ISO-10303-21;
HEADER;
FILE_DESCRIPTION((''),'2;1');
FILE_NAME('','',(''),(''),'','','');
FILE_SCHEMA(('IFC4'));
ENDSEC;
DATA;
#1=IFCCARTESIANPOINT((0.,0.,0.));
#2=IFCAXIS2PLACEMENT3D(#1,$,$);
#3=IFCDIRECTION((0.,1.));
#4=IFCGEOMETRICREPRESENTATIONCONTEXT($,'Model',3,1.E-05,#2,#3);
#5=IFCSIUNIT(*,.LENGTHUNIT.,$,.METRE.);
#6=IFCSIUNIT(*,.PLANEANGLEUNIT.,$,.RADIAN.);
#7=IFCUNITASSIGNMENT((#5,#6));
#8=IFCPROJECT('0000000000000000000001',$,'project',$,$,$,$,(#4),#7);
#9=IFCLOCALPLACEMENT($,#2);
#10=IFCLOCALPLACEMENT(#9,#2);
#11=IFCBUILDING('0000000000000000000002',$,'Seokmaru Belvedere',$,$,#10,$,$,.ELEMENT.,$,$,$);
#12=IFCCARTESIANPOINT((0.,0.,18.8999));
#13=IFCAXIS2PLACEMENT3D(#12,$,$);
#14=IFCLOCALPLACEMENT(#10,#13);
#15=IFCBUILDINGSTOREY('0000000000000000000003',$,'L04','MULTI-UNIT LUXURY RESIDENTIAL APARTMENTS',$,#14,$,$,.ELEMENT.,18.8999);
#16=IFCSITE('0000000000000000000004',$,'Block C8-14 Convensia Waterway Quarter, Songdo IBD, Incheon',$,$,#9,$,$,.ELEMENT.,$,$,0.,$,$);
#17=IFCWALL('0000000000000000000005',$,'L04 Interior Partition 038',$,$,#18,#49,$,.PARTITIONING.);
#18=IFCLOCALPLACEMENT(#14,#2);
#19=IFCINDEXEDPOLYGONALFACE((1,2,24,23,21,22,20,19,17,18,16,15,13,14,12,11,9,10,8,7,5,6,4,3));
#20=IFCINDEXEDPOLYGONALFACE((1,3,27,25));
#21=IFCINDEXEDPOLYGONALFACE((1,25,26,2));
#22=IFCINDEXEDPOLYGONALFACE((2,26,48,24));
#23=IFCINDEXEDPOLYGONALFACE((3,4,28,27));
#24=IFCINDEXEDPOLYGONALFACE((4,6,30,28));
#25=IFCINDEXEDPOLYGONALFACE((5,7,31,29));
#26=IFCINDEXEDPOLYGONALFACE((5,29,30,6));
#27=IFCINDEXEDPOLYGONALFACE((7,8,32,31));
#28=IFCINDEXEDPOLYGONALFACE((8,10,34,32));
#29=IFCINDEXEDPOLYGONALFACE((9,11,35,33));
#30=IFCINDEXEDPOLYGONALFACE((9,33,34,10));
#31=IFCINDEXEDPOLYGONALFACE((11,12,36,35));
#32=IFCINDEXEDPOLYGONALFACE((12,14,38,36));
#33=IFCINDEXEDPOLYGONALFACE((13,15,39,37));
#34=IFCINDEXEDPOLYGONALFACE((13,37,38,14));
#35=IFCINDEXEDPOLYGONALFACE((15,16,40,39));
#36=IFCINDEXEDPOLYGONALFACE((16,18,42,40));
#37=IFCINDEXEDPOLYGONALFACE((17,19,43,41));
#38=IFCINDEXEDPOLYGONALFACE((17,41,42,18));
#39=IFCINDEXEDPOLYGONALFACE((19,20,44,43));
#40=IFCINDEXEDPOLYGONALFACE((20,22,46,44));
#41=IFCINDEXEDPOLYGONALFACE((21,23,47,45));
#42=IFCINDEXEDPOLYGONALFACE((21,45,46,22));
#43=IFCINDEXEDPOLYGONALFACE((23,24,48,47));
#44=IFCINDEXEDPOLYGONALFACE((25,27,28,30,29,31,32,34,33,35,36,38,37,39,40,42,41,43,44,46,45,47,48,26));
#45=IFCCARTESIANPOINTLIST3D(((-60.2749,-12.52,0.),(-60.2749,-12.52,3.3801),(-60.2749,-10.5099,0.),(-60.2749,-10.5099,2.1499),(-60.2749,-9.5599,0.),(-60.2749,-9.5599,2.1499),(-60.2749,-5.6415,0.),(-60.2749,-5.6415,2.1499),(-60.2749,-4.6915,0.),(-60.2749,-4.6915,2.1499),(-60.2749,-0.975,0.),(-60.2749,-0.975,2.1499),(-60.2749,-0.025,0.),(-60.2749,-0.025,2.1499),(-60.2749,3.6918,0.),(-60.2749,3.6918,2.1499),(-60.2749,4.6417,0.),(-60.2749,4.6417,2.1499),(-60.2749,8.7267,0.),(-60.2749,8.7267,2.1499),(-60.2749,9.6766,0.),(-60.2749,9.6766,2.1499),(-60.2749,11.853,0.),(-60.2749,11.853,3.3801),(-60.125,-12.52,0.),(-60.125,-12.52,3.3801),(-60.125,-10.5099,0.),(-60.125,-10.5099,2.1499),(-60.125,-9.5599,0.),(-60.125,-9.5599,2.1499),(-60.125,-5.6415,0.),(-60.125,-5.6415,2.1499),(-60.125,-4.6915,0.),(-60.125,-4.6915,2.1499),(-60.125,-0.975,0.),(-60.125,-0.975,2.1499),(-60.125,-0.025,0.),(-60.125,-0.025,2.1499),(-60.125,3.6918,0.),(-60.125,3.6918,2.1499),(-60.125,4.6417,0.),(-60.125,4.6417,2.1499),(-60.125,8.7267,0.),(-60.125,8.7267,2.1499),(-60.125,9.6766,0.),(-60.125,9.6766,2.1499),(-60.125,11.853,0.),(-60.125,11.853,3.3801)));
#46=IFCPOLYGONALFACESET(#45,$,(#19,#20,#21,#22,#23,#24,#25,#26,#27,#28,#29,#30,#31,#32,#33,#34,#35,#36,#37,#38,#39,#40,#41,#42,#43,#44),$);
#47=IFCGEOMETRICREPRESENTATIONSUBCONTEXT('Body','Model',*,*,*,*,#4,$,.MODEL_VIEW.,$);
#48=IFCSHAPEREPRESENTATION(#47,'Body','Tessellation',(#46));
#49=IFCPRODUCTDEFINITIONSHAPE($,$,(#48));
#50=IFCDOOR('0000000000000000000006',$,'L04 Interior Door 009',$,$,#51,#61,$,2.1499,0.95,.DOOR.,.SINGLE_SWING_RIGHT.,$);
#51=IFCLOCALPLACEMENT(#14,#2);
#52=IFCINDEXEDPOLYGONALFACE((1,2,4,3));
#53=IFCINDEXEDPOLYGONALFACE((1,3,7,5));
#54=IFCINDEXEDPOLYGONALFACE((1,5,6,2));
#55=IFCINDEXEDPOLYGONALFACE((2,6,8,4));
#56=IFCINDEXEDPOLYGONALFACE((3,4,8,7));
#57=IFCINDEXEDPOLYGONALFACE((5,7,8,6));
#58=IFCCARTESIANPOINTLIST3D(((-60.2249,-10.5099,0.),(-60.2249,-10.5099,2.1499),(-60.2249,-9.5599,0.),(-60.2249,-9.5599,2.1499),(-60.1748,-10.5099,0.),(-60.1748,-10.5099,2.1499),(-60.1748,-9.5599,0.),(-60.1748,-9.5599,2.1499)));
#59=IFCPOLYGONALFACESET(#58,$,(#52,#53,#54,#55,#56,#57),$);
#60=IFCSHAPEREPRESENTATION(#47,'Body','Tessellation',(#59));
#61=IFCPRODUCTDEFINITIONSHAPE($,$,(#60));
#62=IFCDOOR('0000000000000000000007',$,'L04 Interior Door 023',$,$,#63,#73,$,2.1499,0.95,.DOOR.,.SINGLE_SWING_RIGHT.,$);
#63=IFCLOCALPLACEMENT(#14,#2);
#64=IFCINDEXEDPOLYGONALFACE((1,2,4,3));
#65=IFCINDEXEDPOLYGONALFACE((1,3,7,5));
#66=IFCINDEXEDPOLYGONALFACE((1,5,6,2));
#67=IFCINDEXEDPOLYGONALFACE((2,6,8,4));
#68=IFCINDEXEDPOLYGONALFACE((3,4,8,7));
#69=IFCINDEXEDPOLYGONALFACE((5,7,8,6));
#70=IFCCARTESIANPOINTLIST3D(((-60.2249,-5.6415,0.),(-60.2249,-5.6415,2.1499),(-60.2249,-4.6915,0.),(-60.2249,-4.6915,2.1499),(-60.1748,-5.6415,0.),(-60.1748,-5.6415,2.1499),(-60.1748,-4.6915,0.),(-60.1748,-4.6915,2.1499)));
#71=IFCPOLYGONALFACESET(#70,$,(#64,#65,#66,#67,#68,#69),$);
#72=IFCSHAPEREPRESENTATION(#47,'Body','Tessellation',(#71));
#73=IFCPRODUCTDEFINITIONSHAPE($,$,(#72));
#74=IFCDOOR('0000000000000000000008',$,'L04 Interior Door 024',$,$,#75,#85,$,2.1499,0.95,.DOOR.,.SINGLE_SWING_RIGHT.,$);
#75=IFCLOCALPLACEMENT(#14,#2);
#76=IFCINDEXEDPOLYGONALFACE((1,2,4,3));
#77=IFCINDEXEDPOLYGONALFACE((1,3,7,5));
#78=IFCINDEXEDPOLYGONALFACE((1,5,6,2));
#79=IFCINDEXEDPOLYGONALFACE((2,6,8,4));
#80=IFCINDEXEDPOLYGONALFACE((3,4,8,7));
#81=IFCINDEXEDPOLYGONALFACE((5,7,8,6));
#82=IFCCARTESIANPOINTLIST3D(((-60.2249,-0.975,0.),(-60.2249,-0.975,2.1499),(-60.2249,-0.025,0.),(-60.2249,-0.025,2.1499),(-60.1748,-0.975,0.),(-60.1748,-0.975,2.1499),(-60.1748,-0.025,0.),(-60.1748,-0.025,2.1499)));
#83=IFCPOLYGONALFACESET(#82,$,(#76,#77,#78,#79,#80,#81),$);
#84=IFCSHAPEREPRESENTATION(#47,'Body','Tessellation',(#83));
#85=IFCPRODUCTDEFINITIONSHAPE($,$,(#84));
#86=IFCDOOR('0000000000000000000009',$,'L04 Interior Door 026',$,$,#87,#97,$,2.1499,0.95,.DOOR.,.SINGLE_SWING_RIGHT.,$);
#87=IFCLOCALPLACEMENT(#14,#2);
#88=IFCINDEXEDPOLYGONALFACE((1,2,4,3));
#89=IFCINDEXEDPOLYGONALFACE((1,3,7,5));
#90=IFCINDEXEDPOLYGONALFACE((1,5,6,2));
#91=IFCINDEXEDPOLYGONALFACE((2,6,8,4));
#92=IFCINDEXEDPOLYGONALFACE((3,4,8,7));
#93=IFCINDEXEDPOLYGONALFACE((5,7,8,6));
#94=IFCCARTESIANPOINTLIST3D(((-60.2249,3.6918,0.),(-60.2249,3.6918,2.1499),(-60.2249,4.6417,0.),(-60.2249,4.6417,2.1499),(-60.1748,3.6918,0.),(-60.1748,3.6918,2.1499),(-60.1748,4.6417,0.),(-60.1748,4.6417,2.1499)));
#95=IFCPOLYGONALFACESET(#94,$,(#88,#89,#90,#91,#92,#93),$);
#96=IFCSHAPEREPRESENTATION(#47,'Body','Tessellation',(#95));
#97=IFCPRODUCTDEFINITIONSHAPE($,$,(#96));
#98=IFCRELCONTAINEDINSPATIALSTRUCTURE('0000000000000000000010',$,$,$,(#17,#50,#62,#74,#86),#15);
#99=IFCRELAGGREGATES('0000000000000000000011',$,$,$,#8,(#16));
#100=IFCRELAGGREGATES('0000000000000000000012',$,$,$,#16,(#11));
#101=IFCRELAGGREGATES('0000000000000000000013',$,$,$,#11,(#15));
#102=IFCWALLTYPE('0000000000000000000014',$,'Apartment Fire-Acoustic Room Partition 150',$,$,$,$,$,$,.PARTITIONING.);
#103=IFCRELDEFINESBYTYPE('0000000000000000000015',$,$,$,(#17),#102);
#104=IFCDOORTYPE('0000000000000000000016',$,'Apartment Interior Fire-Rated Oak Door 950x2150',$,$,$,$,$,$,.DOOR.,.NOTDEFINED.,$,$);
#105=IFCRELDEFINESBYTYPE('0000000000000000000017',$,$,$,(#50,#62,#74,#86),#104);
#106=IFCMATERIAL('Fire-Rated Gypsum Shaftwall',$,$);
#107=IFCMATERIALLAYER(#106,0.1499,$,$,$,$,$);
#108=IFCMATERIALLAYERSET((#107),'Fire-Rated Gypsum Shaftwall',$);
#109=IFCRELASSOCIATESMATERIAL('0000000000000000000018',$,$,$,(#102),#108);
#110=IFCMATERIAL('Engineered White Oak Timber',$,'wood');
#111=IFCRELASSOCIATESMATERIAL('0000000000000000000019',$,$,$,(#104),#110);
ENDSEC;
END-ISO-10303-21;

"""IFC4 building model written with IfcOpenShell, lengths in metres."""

from ifc_helpers import new_model, si_unit, direction, frame, frame_2d, origin, place, context, subcontext, project, spatial, rectangle, extrude, source, transform, mapped, material, layer, layer_set, type_object, type_shapes, element, fill, save


model = new_model("IFC4")

# Units and contexts
model_context = context("Model", 3, precision=1e-05, world=origin(), true_north=direction((0.0, 1.0)))
body_context = subcontext(model_context, "Body", "Model", "MODEL_VIEW")
ifc_project = project(units=[si_unit("LENGTHUNIT", "METRE"), si_unit("PLANEANGLEUNIT", "RADIAN")], contexts=[model_context])

# Site, building, storey
site_placement = place(None, origin())
site = spatial("IfcSite", under=ifc_project, at=site_placement, Name="Block C8-14 Convensia Waterway Quarter, Songdo IBD, Incheon", CompositionType="ELEMENT", RefElevation=0.0)
building_placement = place(site_placement, origin())
building = spatial("IfcBuilding", under=site, at=building_placement, Name="Seokmaru Belvedere", CompositionType="ELEMENT")
storey_placement = place(building_placement, frame((0.0, 0.0, 18.8999)))
storey = spatial("IfcBuildingStorey", under=building, at=storey_placement, Name="L04", Description="MULTI-UNIT LUXURY RESIDENTIAL APARTMENTS", CompositionType="ELEMENT", Elevation=18.8999)

# Shared definitions
ifc_material_1 = material(Name="Fire-Rated Gypsum Shaftwall")
ifc_layer_1 = layer(ifc_material_1, 0.1499)
ifc_layer_set_1 = layer_set([ifc_layer_1], Name="Fire-Rated Gypsum Shaftwall")
wall_type = type_object("IfcWallType", Name="Apartment Fire-Acoustic Room Partition 150", PredefinedType="PARTITIONING", material=ifc_layer_set_1)
ifc_material_2 = material(Name="Engineered White Oak Timber", Category="wood")
door_type = type_object("IfcDoorType", Name="Apartment Interior Fire-Rated Oak Door 950x2150", OperationType="NOTDEFINED", PredefinedType="DOOR", material=ifc_material_2)
shared_shape_1 = source(origin(), body_context, "Body", "SweptSolid", [
    extrude(rectangle(XDim=0.95, YDim=2.1499, at=frame_2d((0.4751, 1.075))), frame((0.0, 0.0249, 0.0), z_axis=(0.0, -1.0, 0.0), x_axis=(1.0, 0.0, 0.0)), (0.0, 0.0, 1.0), 0.05),
])
type_shapes(door_type, [shared_shape_1])

# Wall, openings, doors
wall_1_placement = place(storey_placement, frame((-60.2, -12.52, 0.0), z_axis=(0.0, 0.0, 1.0), x_axis=(0.0, 1.0, 0.0)))
wall_1 = element("IfcWall", 1, at=wall_1_placement, inside=storey, type_object=wall_type, Name="L04 Interior Partition 038", PredefinedType="PARTITIONING", context=body_context, shape_type="SweptSolid", body=[
    extrude(rectangle(XDim=24.373, YDim=0.1499, at=frame_2d((12.1865, 0.0))), origin(), (0.0, 0.0, 1.0), 3.3801),
])
opening_1_placement = place(wall_1_placement, frame((2.01, 0.0, 0.0)))
opening_1 = element("IfcOpeningElement", 2, at=opening_1_placement, cuts=wall_1, PredefinedType="OPENING", context=body_context, shape_type="SweptSolid", body=[
    extrude(rectangle(XDim=0.95, YDim=2.1499, at=frame_2d((0.4751, 1.075))), frame((0.0, 0.085, 0.0), z_axis=(0.0, -1.0, 0.0), x_axis=(1.0, 0.0, 0.0)), (0.0, 0.0, 1.0), 0.1699),
])
opening_2_placement = place(wall_1_placement, frame((6.8784, 0.0, 0.0)))
opening_2 = element("IfcOpeningElement", 3, at=opening_2_placement, cuts=wall_1, PredefinedType="OPENING", context=body_context, shape_type="SweptSolid", body=[
    extrude(rectangle(XDim=0.95, YDim=2.1499, at=frame_2d((0.4751, 1.075))), frame((0.0, 0.085, 0.0), z_axis=(0.0, -1.0, 0.0), x_axis=(1.0, 0.0, 0.0)), (0.0, 0.0, 1.0), 0.1699),
])
opening_3_placement = place(wall_1_placement, frame((11.5449, 0.0, 0.0)))
opening_3 = element("IfcOpeningElement", 4, at=opening_3_placement, cuts=wall_1, PredefinedType="OPENING", context=body_context, shape_type="SweptSolid", body=[
    extrude(rectangle(XDim=0.95, YDim=2.1499, at=frame_2d((0.4751, 1.075))), frame((0.0, 0.085, 0.0), z_axis=(0.0, -1.0, 0.0), x_axis=(1.0, 0.0, 0.0)), (0.0, 0.0, 1.0), 0.1699),
])
opening_4_placement = place(wall_1_placement, frame((16.2117, 0.0, 0.0)))
opening_4 = element("IfcOpeningElement", 5, at=opening_4_placement, cuts=wall_1, PredefinedType="OPENING", context=body_context, shape_type="SweptSolid", body=[
    extrude(rectangle(XDim=0.95, YDim=2.1499, at=frame_2d((0.4751, 1.075))), frame((0.0, 0.085, 0.0), z_axis=(0.0, -1.0, 0.0), x_axis=(1.0, 0.0, 0.0)), (0.0, 0.0, 1.0), 0.1699),
])
opening_5_placement = place(wall_1_placement, frame((21.2466, 0.0, 0.0)))
element("IfcOpeningElement", 6, at=opening_5_placement, cuts=wall_1, PredefinedType="OPENING", context=body_context, shape_type="SweptSolid", body=[
    extrude(rectangle(XDim=0.95, YDim=2.1499, at=frame_2d((0.4751, 1.075))), frame((0.0, 0.085, 0.0), z_axis=(0.0, -1.0, 0.0), x_axis=(1.0, 0.0, 0.0)), (0.0, 0.0, 1.0), 0.1699),
])
door_1_placement = place(opening_1_placement, origin())
door_1 = element("IfcDoor", 7, at=door_1_placement, inside=storey, type_object=door_type, Name="L04 Interior Door 009", OperationType="SINGLE_SWING_RIGHT", OverallHeight=2.1499, OverallWidth=0.95, PredefinedType="DOOR", context=body_context, shape_type="MappedRepresentation", body=[
    mapped(shared_shape_1, transform((0.0, 0.0, 0.0), scale=1.0)),
])
fill(opening_1, door_1)
door_2_placement = place(opening_2_placement, origin())
door_2 = element("IfcDoor", 8, at=door_2_placement, inside=storey, type_object=door_type, Name="L04 Interior Door 023", OperationType="SINGLE_SWING_RIGHT", OverallHeight=2.1499, OverallWidth=0.95, PredefinedType="DOOR", context=body_context, shape_type="MappedRepresentation", body=[
    mapped(shared_shape_1, transform((0.0, 0.0, 0.0), scale=1.0)),
])
fill(opening_2, door_2)
door_3_placement = place(opening_3_placement, origin())
door_3 = element("IfcDoor", 9, at=door_3_placement, inside=storey, type_object=door_type, Name="L04 Interior Door 024", OperationType="SINGLE_SWING_RIGHT", OverallHeight=2.1499, OverallWidth=0.95, PredefinedType="DOOR", context=body_context, shape_type="MappedRepresentation", body=[
    mapped(shared_shape_1, transform((0.0, 0.0, 0.0), scale=1.0)),
])
fill(opening_3, door_3)
door_4_placement = place(opening_4_placement, origin())
door_4 = element("IfcDoor", 10, at=door_4_placement, inside=storey, type_object=door_type, Name="L04 Interior Door 026", OperationType="SINGLE_SWING_RIGHT", OverallHeight=2.1499, OverallWidth=0.95, PredefinedType="DOOR", context=body_context, shape_type="MappedRepresentation", body=[
    mapped(shared_shape_1, transform((0.0, 0.0, 0.0), scale=1.0)),
])
fill(opening_4, door_4)

save(model, "model.ifc")
